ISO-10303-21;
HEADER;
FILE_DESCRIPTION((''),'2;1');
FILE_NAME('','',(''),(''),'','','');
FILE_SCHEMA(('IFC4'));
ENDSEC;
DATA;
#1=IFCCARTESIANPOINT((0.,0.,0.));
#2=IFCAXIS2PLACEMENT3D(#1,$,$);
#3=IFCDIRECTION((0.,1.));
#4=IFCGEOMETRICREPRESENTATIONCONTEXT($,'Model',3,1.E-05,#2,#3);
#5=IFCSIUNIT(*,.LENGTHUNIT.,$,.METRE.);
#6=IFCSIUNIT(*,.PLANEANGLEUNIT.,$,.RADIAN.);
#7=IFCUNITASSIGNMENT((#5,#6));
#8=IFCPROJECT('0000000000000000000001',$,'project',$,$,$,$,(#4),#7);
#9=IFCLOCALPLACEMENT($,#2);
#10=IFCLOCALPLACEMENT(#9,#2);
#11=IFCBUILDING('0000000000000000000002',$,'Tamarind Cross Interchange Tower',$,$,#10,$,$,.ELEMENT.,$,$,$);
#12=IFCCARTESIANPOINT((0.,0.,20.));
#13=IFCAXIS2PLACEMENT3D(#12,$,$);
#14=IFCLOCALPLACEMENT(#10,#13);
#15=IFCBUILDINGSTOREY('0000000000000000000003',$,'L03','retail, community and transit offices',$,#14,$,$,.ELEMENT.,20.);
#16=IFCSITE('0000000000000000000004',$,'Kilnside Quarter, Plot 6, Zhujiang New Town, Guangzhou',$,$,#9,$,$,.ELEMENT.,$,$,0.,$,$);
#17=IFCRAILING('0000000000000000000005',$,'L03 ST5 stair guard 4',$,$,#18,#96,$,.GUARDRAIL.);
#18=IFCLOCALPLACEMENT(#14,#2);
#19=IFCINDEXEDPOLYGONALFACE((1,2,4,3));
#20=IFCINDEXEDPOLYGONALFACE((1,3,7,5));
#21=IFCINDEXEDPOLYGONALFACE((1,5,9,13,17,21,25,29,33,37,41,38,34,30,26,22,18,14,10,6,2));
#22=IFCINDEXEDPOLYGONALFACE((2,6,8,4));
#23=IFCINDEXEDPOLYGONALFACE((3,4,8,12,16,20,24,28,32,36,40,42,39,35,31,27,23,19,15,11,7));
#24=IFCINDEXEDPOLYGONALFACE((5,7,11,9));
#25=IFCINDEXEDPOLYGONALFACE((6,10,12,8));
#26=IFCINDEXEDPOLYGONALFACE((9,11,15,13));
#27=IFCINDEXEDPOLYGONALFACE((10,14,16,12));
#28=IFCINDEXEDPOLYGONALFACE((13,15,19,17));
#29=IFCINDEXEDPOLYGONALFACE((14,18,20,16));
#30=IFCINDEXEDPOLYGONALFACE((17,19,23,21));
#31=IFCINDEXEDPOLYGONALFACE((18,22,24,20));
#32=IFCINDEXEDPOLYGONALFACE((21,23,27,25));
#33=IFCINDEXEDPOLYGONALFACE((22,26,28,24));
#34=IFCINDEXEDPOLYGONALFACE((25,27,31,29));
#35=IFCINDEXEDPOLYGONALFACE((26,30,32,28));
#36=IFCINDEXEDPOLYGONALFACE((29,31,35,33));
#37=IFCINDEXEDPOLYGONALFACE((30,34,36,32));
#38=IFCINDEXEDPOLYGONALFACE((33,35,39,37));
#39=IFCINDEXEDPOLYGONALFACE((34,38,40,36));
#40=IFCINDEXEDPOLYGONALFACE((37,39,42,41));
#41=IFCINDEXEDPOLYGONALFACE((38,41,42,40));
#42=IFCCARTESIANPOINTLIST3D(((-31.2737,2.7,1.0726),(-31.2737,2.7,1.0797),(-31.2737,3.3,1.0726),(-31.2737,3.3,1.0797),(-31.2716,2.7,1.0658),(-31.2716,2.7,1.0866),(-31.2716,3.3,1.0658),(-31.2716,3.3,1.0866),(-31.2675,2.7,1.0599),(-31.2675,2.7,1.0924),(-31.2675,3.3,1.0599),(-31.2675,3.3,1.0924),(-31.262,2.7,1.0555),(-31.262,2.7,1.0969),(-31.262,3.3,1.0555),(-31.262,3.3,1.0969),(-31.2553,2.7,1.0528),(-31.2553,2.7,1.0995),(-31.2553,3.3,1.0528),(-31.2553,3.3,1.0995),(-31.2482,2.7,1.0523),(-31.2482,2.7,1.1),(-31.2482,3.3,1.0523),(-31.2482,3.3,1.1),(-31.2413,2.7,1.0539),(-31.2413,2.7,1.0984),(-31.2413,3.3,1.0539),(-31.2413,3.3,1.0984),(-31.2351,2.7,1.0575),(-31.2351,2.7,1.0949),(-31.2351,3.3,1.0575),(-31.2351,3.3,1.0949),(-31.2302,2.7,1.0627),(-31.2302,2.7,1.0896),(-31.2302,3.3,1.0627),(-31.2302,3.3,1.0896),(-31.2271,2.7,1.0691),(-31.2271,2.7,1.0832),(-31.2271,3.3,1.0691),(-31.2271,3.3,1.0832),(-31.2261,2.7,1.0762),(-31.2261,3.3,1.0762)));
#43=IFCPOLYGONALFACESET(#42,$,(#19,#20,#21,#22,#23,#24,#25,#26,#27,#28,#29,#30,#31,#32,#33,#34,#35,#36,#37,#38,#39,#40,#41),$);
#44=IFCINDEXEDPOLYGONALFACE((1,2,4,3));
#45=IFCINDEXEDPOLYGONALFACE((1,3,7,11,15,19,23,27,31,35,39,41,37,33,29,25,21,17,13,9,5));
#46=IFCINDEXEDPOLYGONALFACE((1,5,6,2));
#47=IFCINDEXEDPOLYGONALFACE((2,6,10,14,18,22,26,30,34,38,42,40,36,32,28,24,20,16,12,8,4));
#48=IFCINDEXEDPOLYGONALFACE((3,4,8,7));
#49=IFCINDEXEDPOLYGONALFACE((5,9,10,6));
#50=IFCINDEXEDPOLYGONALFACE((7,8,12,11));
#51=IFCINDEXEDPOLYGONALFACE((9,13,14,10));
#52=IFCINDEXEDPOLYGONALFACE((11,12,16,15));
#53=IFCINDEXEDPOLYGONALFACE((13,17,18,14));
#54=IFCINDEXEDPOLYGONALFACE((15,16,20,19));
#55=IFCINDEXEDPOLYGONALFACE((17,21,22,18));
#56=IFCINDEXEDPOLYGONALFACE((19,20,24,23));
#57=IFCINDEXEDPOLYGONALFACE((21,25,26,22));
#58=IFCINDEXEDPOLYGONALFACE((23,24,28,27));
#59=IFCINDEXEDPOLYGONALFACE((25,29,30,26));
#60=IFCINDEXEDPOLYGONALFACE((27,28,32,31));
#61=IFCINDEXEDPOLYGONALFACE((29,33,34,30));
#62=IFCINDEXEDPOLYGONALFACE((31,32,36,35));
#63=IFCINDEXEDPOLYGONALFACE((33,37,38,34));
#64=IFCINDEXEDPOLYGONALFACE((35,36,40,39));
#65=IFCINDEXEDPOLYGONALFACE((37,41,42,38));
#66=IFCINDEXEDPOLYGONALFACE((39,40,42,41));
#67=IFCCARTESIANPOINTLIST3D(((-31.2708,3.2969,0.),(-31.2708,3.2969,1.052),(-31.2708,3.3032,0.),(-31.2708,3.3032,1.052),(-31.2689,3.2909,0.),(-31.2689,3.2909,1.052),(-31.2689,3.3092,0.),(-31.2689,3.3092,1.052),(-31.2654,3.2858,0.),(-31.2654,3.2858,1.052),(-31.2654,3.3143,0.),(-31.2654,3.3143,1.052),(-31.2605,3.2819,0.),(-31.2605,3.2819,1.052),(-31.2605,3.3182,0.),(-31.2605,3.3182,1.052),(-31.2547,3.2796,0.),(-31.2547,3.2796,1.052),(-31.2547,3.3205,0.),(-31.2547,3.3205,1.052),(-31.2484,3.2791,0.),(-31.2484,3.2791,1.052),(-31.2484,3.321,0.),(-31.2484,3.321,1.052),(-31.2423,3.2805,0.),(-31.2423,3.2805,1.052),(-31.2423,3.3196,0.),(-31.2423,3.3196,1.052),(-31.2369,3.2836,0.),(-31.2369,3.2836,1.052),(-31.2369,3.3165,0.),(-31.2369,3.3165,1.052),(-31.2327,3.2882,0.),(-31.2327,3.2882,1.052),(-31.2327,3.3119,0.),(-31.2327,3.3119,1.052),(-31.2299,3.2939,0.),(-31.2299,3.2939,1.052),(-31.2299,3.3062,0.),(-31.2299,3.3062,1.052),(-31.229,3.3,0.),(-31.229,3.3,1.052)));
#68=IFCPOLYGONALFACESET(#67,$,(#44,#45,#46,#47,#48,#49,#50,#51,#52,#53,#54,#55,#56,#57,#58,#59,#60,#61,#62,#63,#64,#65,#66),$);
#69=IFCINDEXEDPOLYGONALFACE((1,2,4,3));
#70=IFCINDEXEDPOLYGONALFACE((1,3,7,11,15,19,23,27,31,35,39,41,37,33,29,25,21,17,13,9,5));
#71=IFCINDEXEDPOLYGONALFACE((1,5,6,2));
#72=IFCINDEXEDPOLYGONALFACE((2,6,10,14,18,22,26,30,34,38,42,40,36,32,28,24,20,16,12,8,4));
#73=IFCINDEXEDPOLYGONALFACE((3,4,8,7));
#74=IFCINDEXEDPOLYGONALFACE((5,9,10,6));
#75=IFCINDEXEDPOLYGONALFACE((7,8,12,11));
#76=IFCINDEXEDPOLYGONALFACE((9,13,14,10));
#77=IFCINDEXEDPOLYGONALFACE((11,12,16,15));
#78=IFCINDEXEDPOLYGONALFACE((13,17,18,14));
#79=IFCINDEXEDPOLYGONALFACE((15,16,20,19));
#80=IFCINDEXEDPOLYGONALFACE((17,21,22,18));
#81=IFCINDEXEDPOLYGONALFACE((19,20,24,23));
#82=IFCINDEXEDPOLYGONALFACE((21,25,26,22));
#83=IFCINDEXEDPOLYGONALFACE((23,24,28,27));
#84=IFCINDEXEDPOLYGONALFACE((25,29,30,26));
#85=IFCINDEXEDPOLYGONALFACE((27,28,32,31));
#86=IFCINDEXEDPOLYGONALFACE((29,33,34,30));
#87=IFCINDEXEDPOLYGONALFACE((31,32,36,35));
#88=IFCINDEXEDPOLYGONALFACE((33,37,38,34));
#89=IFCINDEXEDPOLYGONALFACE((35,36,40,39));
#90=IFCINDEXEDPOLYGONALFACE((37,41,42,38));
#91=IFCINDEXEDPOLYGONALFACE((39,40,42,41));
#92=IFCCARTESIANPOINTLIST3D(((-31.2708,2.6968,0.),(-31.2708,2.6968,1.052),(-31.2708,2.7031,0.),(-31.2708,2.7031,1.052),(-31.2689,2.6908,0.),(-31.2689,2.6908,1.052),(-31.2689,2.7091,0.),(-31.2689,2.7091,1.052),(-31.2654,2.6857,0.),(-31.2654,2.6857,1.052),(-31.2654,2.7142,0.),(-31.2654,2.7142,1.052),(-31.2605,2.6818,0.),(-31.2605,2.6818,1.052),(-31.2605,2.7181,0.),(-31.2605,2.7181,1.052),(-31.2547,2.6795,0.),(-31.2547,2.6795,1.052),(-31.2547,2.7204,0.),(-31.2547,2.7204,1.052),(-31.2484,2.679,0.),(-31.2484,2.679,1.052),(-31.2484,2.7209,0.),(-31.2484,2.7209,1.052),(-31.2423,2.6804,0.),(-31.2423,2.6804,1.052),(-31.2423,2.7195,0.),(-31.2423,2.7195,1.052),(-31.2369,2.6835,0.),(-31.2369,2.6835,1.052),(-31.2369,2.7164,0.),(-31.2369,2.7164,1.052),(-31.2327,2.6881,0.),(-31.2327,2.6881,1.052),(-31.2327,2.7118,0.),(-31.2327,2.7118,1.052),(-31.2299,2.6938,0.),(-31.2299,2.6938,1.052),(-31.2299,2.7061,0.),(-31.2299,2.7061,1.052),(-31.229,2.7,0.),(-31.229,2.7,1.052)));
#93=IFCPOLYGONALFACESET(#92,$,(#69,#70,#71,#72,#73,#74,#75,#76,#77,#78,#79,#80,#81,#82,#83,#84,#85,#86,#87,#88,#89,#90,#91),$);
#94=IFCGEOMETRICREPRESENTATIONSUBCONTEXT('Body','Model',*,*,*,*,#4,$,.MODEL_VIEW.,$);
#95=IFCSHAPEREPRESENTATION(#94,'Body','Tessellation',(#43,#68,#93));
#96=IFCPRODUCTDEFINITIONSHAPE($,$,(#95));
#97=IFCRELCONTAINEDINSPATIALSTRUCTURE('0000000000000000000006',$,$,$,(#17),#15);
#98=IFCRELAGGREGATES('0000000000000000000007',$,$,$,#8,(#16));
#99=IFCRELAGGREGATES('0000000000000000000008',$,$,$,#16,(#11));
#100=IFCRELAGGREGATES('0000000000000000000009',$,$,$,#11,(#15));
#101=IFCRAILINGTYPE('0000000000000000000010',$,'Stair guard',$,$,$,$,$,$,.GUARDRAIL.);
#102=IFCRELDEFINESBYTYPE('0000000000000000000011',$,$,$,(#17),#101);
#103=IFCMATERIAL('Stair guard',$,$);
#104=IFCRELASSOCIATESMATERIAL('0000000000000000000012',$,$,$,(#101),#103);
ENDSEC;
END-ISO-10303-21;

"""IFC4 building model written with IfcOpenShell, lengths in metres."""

from ifc_helpers import new_model, si_unit, direction, frame, origin, origin_2d, place, context, subcontext, project, spatial, circle, extrude, material, type_object, element, save


model = new_model("IFC4")

# Units and contexts
model_context = context("Model", 3, precision=1e-05, world=origin(), true_north=direction((0.0, 1.0)))
body_context = subcontext(model_context, "Body", "Model", "MODEL_VIEW")
ifc_project = project(units=[si_unit("LENGTHUNIT", "METRE"), si_unit("PLANEANGLEUNIT", "RADIAN")], contexts=[model_context])

# Site, building, storey
site_placement = place(None, origin())
site = spatial("IfcSite", under=ifc_project, at=site_placement, Name="Kilnside Quarter, Plot 6, Zhujiang New Town, Guangzhou", CompositionType="ELEMENT", RefElevation=0.0)
building_placement = place(site_placement, origin())
building = spatial("IfcBuilding", under=site, at=building_placement, Name="Tamarind Cross Interchange Tower", CompositionType="ELEMENT")
storey_placement = place(building_placement, frame((0.0, 0.0, 20.0)))
storey = spatial("IfcBuildingStorey", under=building, at=storey_placement, Name="L03", Description="retail, community and transit offices", CompositionType="ELEMENT", Elevation=20.0)

# Railing
ifc_material_1 = material(Name="Stair guard")
railing_type_1 = type_object("IfcRailingType", Name="Stair guard", PredefinedType="GUARDRAIL", material=ifc_material_1)
railing_1_placement = place(storey_placement, frame((-31.25, 3.3, 0.0)))
element("IfcRailing", 1, at=railing_1_placement, inside=storey, type_object=railing_type_1, Name="L03 ST5 stair guard 4", PredefinedType="GUARDRAIL", context=body_context, shape_type="SweptSolid", body=[
    extrude(circle(Radius=0.0239, at=origin_2d()), frame((0.0, 0.0, 1.0762), z_axis=(0.0, -1.0, 0.0), x_axis=(1.0, 0.0, 0.0)), (0.0, 0.0, 1.0), 0.6001),
    extrude(circle(Radius=0.021, at=origin_2d()), origin(), (0.0, 0.0, 1.0), 1.052),
    extrude(circle(Radius=0.021, at=origin_2d()), frame((0.0, -0.6001, 0.0)), (0.0, 0.0, 1.0), 1.052),
])

save(model, "model.ifc")
